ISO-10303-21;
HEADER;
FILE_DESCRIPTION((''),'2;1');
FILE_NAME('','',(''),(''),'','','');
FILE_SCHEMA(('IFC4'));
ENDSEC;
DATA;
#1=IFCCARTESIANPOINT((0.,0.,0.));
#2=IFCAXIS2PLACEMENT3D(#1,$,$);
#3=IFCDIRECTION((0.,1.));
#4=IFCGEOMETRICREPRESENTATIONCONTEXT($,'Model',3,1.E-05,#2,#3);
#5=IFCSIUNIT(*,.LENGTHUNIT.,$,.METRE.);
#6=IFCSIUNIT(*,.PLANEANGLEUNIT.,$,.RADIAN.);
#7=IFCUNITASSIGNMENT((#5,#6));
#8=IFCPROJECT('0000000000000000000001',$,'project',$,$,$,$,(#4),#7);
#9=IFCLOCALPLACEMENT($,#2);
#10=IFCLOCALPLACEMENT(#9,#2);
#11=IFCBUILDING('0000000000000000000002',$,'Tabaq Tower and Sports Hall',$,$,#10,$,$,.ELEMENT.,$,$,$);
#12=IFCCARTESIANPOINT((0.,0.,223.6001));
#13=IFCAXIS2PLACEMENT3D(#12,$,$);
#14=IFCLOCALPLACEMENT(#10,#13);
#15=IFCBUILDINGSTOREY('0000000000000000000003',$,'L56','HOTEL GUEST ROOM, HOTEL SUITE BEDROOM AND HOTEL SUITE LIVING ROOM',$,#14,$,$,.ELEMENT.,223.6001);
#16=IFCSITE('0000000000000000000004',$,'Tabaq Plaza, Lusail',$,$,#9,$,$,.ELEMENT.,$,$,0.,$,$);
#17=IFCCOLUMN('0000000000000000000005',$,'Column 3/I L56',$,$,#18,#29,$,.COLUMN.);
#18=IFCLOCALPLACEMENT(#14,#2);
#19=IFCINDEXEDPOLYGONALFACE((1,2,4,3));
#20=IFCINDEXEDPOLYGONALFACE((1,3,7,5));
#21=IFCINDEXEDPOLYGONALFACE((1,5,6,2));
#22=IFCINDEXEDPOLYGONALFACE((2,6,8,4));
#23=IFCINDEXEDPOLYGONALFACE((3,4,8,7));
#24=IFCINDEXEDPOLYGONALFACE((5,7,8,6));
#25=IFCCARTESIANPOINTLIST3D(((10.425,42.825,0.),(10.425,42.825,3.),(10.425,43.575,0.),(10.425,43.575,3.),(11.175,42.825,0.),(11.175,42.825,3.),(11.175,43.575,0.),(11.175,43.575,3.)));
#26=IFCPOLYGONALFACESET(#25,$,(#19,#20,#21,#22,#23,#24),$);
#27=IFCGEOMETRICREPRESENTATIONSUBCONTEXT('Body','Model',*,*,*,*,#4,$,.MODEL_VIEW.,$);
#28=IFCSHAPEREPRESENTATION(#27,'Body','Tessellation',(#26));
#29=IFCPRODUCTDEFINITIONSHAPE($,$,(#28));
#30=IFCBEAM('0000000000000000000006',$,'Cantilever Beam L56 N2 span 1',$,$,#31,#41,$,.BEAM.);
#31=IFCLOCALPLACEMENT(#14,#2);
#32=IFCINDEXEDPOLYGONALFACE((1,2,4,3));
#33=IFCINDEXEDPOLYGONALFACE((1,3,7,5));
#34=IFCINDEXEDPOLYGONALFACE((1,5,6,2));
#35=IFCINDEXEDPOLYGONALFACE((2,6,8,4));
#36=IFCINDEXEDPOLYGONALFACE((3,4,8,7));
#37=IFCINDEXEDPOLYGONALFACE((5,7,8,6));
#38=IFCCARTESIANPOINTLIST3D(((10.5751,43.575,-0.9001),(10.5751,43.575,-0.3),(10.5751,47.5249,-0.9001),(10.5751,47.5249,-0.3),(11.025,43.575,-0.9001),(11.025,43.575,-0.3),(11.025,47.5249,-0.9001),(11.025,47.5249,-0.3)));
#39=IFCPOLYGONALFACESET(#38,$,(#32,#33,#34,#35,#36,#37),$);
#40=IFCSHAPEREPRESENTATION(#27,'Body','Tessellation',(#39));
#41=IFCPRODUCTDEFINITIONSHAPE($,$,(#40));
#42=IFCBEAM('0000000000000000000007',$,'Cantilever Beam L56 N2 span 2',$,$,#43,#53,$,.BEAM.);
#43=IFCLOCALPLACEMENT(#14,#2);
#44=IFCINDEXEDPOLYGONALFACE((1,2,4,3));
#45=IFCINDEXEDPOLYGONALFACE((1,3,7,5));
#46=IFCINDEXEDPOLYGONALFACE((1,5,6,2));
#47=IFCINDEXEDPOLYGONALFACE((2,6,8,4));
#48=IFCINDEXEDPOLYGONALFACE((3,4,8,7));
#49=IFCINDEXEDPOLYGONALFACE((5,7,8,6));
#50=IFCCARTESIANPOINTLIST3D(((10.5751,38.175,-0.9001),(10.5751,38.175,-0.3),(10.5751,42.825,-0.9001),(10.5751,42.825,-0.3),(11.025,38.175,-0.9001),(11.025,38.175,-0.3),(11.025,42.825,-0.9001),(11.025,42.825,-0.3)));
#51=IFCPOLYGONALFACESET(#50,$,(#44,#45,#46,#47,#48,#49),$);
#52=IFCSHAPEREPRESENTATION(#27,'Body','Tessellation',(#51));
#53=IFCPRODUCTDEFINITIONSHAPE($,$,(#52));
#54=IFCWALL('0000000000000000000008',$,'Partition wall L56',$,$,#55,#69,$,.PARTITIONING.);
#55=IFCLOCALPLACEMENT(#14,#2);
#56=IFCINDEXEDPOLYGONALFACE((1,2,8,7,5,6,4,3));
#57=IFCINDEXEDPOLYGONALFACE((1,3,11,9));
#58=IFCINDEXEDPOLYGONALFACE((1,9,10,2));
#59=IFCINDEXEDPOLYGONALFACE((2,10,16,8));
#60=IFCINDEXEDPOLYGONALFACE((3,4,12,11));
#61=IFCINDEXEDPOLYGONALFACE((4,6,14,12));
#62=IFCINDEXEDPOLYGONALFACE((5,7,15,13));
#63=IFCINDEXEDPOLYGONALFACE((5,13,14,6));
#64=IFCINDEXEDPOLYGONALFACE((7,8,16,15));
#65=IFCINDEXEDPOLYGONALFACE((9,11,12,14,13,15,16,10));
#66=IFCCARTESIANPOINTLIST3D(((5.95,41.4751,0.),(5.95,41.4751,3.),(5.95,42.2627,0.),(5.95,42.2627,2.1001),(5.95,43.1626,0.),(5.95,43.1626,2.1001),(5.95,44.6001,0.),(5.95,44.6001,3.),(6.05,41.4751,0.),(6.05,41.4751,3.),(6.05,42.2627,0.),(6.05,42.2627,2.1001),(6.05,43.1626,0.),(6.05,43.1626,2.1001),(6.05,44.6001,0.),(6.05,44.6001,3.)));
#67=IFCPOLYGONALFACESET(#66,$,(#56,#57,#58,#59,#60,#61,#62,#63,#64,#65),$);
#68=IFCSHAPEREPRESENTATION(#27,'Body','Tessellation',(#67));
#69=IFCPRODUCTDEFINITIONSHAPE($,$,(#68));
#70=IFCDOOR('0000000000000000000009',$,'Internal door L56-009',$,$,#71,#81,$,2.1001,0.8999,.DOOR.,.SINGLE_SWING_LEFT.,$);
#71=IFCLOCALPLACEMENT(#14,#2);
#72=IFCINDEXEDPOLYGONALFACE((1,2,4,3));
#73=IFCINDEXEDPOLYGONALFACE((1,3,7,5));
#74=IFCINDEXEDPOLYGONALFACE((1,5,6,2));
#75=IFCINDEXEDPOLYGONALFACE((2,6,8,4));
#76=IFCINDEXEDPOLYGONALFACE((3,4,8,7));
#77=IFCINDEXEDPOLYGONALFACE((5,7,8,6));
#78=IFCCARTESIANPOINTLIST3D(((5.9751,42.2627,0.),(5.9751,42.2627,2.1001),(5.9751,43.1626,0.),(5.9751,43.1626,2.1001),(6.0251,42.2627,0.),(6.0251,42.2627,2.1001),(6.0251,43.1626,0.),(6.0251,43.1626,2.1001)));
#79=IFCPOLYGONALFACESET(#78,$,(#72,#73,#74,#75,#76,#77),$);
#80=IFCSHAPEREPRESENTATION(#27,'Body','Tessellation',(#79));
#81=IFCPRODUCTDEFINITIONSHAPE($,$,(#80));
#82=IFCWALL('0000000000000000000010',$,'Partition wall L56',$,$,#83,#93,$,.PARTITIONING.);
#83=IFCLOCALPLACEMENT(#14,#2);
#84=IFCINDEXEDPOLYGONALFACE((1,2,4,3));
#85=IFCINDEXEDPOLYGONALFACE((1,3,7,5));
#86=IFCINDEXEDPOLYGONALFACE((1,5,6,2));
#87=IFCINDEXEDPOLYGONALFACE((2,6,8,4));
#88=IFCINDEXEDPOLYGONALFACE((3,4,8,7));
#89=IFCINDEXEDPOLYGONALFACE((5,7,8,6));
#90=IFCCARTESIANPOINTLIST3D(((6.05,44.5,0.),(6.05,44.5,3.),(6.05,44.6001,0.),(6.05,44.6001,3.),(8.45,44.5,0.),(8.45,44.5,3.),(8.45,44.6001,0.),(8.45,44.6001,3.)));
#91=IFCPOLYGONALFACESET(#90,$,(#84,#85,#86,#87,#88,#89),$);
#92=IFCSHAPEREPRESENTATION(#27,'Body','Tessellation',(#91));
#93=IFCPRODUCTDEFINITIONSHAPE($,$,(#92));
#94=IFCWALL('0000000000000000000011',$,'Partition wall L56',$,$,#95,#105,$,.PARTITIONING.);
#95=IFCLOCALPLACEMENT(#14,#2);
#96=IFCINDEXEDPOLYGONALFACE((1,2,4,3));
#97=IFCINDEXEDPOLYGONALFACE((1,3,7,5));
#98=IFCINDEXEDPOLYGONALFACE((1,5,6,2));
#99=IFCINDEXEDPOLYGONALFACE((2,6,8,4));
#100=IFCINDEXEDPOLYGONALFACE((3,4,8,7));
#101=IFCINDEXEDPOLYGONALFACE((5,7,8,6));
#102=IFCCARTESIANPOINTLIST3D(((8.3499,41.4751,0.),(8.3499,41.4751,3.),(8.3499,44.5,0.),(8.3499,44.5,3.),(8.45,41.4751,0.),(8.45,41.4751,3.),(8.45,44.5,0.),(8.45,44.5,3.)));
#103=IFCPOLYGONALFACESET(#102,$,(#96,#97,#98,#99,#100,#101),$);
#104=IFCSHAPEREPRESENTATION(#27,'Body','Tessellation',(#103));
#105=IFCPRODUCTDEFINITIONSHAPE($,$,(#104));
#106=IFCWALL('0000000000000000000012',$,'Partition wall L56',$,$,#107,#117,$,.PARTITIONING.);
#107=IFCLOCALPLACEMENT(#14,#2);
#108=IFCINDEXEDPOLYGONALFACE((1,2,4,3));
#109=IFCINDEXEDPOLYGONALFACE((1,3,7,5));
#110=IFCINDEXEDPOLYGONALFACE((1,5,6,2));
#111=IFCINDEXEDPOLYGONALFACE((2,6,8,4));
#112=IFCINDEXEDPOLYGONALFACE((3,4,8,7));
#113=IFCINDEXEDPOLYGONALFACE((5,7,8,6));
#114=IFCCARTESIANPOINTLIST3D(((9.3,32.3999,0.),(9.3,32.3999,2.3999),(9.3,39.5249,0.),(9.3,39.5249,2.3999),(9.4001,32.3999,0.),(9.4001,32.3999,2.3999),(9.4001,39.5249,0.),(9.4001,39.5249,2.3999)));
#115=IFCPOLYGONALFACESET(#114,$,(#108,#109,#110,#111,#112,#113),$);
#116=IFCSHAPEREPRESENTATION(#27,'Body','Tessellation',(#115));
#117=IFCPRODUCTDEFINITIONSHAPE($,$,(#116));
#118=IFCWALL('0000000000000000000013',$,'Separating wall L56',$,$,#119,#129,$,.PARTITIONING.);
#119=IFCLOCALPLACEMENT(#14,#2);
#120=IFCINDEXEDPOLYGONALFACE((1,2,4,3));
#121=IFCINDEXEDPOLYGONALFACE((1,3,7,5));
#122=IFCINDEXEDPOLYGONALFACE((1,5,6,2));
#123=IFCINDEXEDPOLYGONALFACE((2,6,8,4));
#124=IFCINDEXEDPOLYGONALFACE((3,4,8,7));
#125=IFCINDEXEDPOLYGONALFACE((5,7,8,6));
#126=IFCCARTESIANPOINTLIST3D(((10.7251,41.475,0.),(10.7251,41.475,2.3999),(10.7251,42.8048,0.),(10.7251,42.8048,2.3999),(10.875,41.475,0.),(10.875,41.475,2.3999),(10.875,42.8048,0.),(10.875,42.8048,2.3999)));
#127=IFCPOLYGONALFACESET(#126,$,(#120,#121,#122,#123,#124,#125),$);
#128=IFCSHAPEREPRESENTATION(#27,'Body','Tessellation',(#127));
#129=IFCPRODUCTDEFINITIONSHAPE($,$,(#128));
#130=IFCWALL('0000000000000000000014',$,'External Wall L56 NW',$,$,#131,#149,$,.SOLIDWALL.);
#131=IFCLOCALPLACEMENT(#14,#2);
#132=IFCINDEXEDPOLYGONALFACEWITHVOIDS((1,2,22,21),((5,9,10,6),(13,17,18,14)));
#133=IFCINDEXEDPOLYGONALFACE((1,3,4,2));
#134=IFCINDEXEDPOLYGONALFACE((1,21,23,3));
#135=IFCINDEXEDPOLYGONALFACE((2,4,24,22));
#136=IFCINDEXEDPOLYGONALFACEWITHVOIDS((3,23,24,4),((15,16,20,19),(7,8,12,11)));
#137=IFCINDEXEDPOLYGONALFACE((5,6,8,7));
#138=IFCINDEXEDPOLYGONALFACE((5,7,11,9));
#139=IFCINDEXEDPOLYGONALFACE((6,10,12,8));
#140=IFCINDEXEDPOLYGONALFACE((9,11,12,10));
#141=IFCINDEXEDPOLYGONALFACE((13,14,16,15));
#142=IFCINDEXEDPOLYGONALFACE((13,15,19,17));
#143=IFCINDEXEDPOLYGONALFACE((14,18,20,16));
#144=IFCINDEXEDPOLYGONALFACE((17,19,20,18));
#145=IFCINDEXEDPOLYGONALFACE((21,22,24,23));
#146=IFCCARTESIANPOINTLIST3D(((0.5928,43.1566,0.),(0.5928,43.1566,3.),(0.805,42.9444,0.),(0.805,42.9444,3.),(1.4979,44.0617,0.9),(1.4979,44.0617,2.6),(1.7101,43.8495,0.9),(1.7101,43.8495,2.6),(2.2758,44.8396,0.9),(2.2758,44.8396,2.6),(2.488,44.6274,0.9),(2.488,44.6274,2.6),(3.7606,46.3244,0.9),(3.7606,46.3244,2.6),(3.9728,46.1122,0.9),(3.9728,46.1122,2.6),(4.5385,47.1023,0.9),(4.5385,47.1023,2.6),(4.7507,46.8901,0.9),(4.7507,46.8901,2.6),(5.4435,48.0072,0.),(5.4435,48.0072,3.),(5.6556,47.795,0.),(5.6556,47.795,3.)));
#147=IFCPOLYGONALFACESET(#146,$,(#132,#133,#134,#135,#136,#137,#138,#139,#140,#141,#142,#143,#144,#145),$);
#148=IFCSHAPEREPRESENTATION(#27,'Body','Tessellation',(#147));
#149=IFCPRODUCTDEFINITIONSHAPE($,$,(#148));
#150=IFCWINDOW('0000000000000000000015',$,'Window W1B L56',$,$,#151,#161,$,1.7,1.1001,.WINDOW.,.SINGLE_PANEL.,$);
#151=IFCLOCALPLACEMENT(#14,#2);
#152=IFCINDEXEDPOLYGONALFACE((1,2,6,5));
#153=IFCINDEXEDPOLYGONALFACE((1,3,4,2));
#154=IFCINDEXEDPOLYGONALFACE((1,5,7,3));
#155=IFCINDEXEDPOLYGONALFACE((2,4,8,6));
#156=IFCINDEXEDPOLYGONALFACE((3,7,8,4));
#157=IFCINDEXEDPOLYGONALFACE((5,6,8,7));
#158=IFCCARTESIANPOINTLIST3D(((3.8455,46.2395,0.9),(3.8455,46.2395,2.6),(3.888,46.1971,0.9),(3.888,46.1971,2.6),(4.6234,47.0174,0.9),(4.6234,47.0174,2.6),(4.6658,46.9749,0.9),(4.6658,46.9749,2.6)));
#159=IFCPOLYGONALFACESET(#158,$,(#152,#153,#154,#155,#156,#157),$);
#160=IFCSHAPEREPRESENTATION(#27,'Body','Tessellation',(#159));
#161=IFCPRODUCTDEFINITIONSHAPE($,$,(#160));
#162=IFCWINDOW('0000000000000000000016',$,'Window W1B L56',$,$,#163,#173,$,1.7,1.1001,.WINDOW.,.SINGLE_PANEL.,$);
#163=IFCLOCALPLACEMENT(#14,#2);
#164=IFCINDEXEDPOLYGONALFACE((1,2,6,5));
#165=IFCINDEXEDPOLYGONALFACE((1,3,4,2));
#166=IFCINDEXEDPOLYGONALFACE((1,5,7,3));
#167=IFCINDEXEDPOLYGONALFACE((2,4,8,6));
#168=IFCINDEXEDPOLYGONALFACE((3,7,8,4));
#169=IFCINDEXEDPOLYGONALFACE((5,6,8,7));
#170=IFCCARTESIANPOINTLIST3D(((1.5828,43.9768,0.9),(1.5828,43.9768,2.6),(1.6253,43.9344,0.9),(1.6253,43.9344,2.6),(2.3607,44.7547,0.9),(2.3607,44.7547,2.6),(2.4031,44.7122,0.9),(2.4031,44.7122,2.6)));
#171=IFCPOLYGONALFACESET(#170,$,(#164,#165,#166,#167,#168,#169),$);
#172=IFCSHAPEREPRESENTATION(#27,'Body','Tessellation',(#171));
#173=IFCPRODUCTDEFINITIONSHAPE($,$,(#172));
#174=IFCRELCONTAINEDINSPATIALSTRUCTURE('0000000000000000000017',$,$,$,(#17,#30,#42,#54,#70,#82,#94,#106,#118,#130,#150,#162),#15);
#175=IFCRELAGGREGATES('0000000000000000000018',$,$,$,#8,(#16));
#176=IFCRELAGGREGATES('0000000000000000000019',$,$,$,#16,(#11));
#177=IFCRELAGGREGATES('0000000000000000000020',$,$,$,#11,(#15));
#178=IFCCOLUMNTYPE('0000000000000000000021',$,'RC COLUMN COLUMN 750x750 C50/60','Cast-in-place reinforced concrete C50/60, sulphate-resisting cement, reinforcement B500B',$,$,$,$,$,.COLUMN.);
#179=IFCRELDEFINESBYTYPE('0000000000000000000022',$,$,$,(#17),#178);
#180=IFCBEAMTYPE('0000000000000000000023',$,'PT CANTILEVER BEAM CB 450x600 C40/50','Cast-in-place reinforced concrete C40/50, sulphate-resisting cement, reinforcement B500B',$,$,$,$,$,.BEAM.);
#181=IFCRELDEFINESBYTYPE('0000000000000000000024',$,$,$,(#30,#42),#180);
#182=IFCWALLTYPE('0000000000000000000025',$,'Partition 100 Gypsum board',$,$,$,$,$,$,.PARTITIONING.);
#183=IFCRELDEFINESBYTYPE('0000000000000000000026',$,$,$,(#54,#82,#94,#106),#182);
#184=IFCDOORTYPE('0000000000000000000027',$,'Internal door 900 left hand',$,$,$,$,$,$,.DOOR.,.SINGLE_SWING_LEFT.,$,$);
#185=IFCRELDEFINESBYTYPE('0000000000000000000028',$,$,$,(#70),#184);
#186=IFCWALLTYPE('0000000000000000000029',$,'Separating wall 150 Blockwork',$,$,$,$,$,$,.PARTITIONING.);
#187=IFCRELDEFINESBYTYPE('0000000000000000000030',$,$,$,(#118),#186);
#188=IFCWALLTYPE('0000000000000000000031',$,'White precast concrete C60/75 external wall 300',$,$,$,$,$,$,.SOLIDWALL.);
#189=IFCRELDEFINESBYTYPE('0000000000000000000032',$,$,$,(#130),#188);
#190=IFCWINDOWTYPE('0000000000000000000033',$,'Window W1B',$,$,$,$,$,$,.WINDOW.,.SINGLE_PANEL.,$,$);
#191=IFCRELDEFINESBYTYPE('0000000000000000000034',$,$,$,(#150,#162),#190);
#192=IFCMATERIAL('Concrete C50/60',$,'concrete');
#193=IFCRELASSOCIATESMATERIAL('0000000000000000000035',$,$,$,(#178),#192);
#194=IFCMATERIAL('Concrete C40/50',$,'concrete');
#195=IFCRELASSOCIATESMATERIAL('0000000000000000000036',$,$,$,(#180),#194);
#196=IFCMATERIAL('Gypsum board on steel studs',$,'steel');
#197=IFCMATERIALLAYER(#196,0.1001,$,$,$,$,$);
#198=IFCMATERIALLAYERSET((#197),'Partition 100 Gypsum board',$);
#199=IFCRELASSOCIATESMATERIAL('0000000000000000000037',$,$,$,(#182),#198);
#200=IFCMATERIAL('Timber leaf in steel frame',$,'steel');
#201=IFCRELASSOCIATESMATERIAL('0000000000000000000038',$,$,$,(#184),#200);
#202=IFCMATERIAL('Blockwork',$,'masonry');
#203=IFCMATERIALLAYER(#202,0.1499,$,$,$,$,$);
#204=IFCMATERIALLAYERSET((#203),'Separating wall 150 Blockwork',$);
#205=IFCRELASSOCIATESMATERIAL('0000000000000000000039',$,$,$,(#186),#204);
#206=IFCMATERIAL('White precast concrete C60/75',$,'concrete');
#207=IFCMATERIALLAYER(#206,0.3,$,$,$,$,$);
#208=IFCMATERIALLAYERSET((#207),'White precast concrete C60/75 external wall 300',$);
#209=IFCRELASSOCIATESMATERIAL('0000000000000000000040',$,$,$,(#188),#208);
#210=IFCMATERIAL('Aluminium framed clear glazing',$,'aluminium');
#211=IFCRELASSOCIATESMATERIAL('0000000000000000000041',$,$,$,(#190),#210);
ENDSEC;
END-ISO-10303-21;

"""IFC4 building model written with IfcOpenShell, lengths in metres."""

from ifc_helpers import new_model, si_unit, direction, frame, frame_2d, origin, origin_2d, place, context, subcontext, project, spatial, rectangle, extrude, material, layer, layer_set, material_profile, profile_set, type_object, element, fill, save


model = new_model("IFC4")

# Units and contexts
model_context = context("Model", 3, precision=1e-05, world=origin(), true_north=direction((0.0, 1.0)))
body_context = subcontext(model_context, "Body", "Model", "MODEL_VIEW")
ifc_project = project(units=[si_unit("LENGTHUNIT", "METRE"), si_unit("PLANEANGLEUNIT", "RADIAN")], contexts=[model_context])

# Site, building, storey
site_placement = place(None, origin())
site = spatial("IfcSite", under=ifc_project, at=site_placement, Name="Tabaq Plaza, Lusail", CompositionType="ELEMENT", RefElevation=0.0)
building_placement = place(site_placement, origin())
building = spatial("IfcBuilding", under=site, at=building_placement, Name="Tabaq Tower and Sports Hall", CompositionType="ELEMENT")
storey_placement = place(building_placement, frame((0.0, 0.0, 223.6001)))
storey = spatial("IfcBuildingStorey", under=building, at=storey_placement, Name="L56", Description="HOTEL GUEST ROOM, HOTEL SUITE BEDROOM AND HOTEL SUITE LIVING ROOM", CompositionType="ELEMENT", Elevation=223.6001)

# Column
ifc_material_1 = material(Name="Concrete C50/60", Category="concrete")
ifc_material_profile_1 = material_profile(ifc_material_1, rectangle(XDim=0.75, YDim=0.75, at=origin_2d()), Name="COLUMN 750x750")
ifc_profile_set_1 = profile_set([ifc_material_profile_1], Name="Concrete C50/60")
column_type = type_object("IfcColumnType", Name="RC COLUMN COLUMN 750x750 C50/60", Description="Cast-in-place reinforced concrete C50/60, sulphate-resisting cement, reinforcement B500B", PredefinedType="COLUMN", material=ifc_profile_set_1)
column_placement = place(storey_placement, frame((10.8, 43.2, 0.0), z_axis=(0.0, 0.0, 1.0), x_axis=(1.0, 0.0, 0.0)))
element("IfcColumn", 1, at=column_placement, inside=storey, type_object=column_type, Name="Column 3/I L56", PredefinedType="COLUMN", context=body_context, shape_type="SweptSolid", body=[
    extrude(rectangle(XDim=0.75, YDim=0.75, at=origin_2d()), origin(), (0.0, 0.0, 1.0), 3.0),
])

# Beams
ifc_material_2 = material(Name="Concrete C40/50", Category="concrete")
ifc_material_profile_2 = material_profile(ifc_material_2, rectangle(XDim=0.45, YDim=0.6001, at=origin_2d()), Name="CB 450x600")
ifc_profile_set_2 = profile_set([ifc_material_profile_2], Name="Concrete C40/50")
beam_type = type_object("IfcBeamType", Name="PT CANTILEVER BEAM CB 450x600 C40/50", Description="Cast-in-place reinforced concrete C40/50, sulphate-resisting cement, reinforcement B500B", PredefinedType="BEAM", material=ifc_profile_set_2)
beam_1_placement = place(storey_placement, frame((10.8, 47.5249, -0.6001), z_axis=(0.0, -1.0, 0.0), x_axis=(1.0, 0.0, 0.0)))
element("IfcBeam", 2, at=beam_1_placement, inside=storey, type_object=beam_type, Name="Cantilever Beam L56 N2 span 1", PredefinedType="BEAM", context=body_context, shape_type="SweptSolid", body=[
    extrude(rectangle(XDim=0.45, YDim=0.6001, at=origin_2d()), origin(), (0.0, 0.0, 1.0), 3.95),
])
beam_2_placement = place(storey_placement, frame((10.8, 42.825, -0.6001), z_axis=(0.0, -1.0, 0.0), x_axis=(1.0, 0.0, 0.0)))
element("IfcBeam", 3, at=beam_2_placement, inside=storey, type_object=beam_type, Name="Cantilever Beam L56 N2 span 2", PredefinedType="BEAM", context=body_context, shape_type="SweptSolid", body=[
    extrude(rectangle(XDim=0.45, YDim=0.6001, at=origin_2d()), origin(), (0.0, 0.0, 1.0), 4.6499),
])

# Wall, opening, door
ifc_material_3 = material(Name="Gypsum board on steel studs", Category="steel")
ifc_layer_1 = layer(ifc_material_3, 0.1001)
ifc_layer_set_1 = layer_set([ifc_layer_1], Name="Partition 100 Gypsum board")
wall_type_1 = type_object("IfcWallType", Name="Partition 100 Gypsum board", PredefinedType="PARTITIONING", material=ifc_layer_set_1)
wall_1_placement = place(storey_placement, frame((6.0, 41.4751, 0.0), z_axis=(0.0, 0.0, 1.0), x_axis=(0.0, 1.0, 0.0)))
wall_1 = element("IfcWall", 4, at=wall_1_placement, inside=storey, type_object=wall_type_1, Name="Partition wall L56", PredefinedType="PARTITIONING", context=body_context, shape_type="SweptSolid", body=[
    extrude(rectangle(XDim=3.125, YDim=0.1001, at=frame_2d((1.5625, 0.0))), origin(), (0.0, 0.0, 1.0), 3.0),
])
opening_1_placement = place(wall_1_placement, frame((0.7876, 0.0, 0.0)))
opening_1 = element("IfcOpeningElement", 5, at=opening_1_placement, cuts=wall_1, PredefinedType="OPENING", context=body_context, shape_type="SweptSolid", body=[
    extrude(rectangle(XDim=0.8999, YDim=2.1001, at=frame_2d((0.45, 1.05))), frame((0.0, 0.05, 0.0), z_axis=(0.0, -1.0, 0.0), x_axis=(1.0, 0.0, 0.0)), (0.0, 0.0, 1.0), 0.1001),
])
ifc_material_4 = material(Name="Timber leaf in steel frame", Category="steel")
door_type = type_object("IfcDoorType", Name="Internal door 900 left hand", OperationType="SINGLE_SWING_LEFT", PredefinedType="DOOR", material=ifc_material_4)
door_placement = place(opening_1_placement, origin())
door = element("IfcDoor", 6, at=door_placement, inside=storey, type_object=door_type, Name="Internal door L56-009", OperationType="SINGLE_SWING_LEFT", OverallHeight=2.1001, OverallWidth=0.8999, PredefinedType="DOOR", context=body_context, shape_type="SweptSolid", body=[
    extrude(rectangle(XDim=0.8999, YDim=2.1001, at=frame_2d((0.45, 1.05))), frame((0.0, 0.0249, 0.0), z_axis=(0.0, -1.0, 0.0), x_axis=(1.0, 0.0, 0.0)), (0.0, 0.0, 1.0), 0.05),
])
fill(opening_1, door)

# Walls
wall_2_placement = place(storey_placement, frame((6.05, 44.55, 0.0), z_axis=(0.0, 0.0, 1.0), x_axis=(1.0, 0.0, 0.0)))
element("IfcWall", 7, at=wall_2_placement, inside=storey, type_object=wall_type_1, Name="Partition wall L56", PredefinedType="PARTITIONING", context=body_context, shape_type="SweptSolid", body=[
    extrude(rectangle(XDim=2.3999, YDim=0.1001, at=frame_2d((1.2, 0.0))), origin(), (0.0, 0.0, 1.0), 3.0),
])
wall_3_placement = place(storey_placement, frame((8.3999, 44.5, 0.0), z_axis=(0.0, 0.0, 1.0), x_axis=(0.0, -1.0, 0.0)))
element("IfcWall", 8, at=wall_3_placement, inside=storey, type_object=wall_type_1, Name="Partition wall L56", PredefinedType="PARTITIONING", context=body_context, shape_type="SweptSolid", body=[
    extrude(rectangle(XDim=3.0249, YDim=0.1001, at=frame_2d((1.5125, 0.0))), origin(), (0.0, 0.0, 1.0), 3.0),
])
wall_4_placement = place(storey_placement, frame((9.3501, 39.5249, 0.0), z_axis=(0.0, 0.0, 1.0), x_axis=(0.0, -1.0, 0.0)))
element("IfcWall", 9, at=wall_4_placement, inside=storey, type_object=wall_type_1, Name="Partition wall L56", PredefinedType="PARTITIONING", context=body_context, shape_type="SweptSolid", body=[
    extrude(rectangle(XDim=7.125, YDim=0.1001, at=frame_2d((3.5625, 0.0))), origin(), (0.0, 0.0, 1.0), 2.3999),
])
ifc_material_5 = material(Name="Blockwork", Category="masonry")
ifc_layer_2 = layer(ifc_material_5, 0.1499)
ifc_layer_set_2 = layer_set([ifc_layer_2], Name="Separating wall 150 Blockwork")
wall_type_2 = type_object("IfcWallType", Name="Separating wall 150 Blockwork", PredefinedType="PARTITIONING", material=ifc_layer_set_2)
wall_5_placement = place(storey_placement, frame((10.8, 42.8049, 0.0), z_axis=(0.0, 0.0, 1.0), x_axis=(0.0, -1.0, 0.0)))
element("IfcWall", 10, at=wall_5_placement, inside=storey, type_object=wall_type_2, Name="Separating wall L56", PredefinedType="PARTITIONING", context=body_context, shape_type="SweptSolid", body=[
    extrude(rectangle(XDim=1.3298, YDim=0.1499, at=frame_2d((0.665, 0.0))), origin(), (0.0, 0.0, 1.0), 2.3999),
])

# Wall, openings, windows
ifc_material_6 = material(Name="White precast concrete C60/75", Category="concrete")
ifc_layer_3 = layer(ifc_material_6, 0.3)
ifc_layer_set_3 = layer_set([ifc_layer_3], Name="White precast concrete C60/75 external wall 300")
wall_type_3 = type_object("IfcWallType", Name="White precast concrete C60/75 external wall 300", PredefinedType="SOLIDWALL", material=ifc_layer_set_3)
wall_6_placement = place(storey_placement, frame((5.5496, 47.9011, 0.0), z_axis=(0.0, 0.0, 1.0), x_axis=(-0.707107, -0.707107, 0.0)))
wall_6 = element("IfcWall", 11, at=wall_6_placement, inside=storey, type_object=wall_type_3, Name="External Wall L56 NW", PredefinedType="SOLIDWALL", context=body_context, shape_type="SweptSolid", body=[
    extrude(rectangle(XDim=6.8599, YDim=0.3, at=frame_2d((3.4299, 0.0))), origin(), (0.0, 0.0, 1.0), 3.0),
])
opening_2_placement = place(wall_6_placement, frame((1.2798, 0.0, 0.8999)))
opening_2 = element("IfcOpeningElement", 12, at=opening_2_placement, cuts=wall_6, PredefinedType="OPENING", context=body_context, shape_type="SweptSolid", body=[
    extrude(rectangle(XDim=1.1001, YDim=1.7, at=frame_2d((0.55, 0.8501))), frame((0.0, 0.1602, 0.0), z_axis=(0.0, -1.0, 0.0), x_axis=(1.0, 0.0, 0.0)), (0.0, 0.0, 1.0), 0.3201),
])
opening_3_placement = place(wall_6_placement, frame((4.4797, 0.0, 0.8999)))
opening_3 = element("IfcOpeningElement", 13, at=opening_3_placement, cuts=wall_6, PredefinedType="OPENING", context=body_context, shape_type="SweptSolid", body=[
    extrude(rectangle(XDim=1.1001, YDim=1.7, at=frame_2d((0.55, 0.8501))), frame((0.0, 0.1602, 0.0), z_axis=(0.0, -1.0, 0.0), x_axis=(1.0, 0.0, 0.0)), (0.0, 0.0, 1.0), 0.3201),
])
ifc_material_7 = material(Name="Aluminium framed clear glazing", Category="aluminium")
window_type = type_object("IfcWindowType", Name="Window W1B", PartitioningType="SINGLE_PANEL", PredefinedType="WINDOW", material=ifc_material_7)
window_1_placement = place(opening_2_placement, origin())
window_1 = element("IfcWindow", 14, at=window_1_placement, inside=storey, type_object=window_type, Name="Window W1B L56", OverallHeight=1.7, OverallWidth=1.1001, PartitioningType="SINGLE_PANEL", PredefinedType="WINDOW", context=body_context, shape_type="SweptSolid", body=[
    extrude(rectangle(XDim=1.1001, YDim=1.7, at=frame_2d((0.55, 0.8501))), frame((0.0, 0.03, 0.0), z_axis=(0.0, -1.0, 0.0), x_axis=(1.0, 0.0, 0.0)), (0.0, 0.0, 1.0), 0.0601),
])
fill(opening_2, window_1)
window_2_placement = place(opening_3_placement, origin())
window_2 = element("IfcWindow", 15, at=window_2_placement, inside=storey, type_object=window_type, Name="Window W1B L56", OverallHeight=1.7, OverallWidth=1.1001, PartitioningType="SINGLE_PANEL", PredefinedType="WINDOW", context=body_context, shape_type="SweptSolid", body=[
    extrude(rectangle(XDim=1.1001, YDim=1.7, at=frame_2d((0.55, 0.8501))), frame((0.0, 0.03, 0.0), z_axis=(0.0, -1.0, 0.0), x_axis=(1.0, 0.0, 0.0)), (0.0, 0.0, 1.0), 0.0601),
])
fill(opening_3, window_2)

save(model, "model.ifc")
